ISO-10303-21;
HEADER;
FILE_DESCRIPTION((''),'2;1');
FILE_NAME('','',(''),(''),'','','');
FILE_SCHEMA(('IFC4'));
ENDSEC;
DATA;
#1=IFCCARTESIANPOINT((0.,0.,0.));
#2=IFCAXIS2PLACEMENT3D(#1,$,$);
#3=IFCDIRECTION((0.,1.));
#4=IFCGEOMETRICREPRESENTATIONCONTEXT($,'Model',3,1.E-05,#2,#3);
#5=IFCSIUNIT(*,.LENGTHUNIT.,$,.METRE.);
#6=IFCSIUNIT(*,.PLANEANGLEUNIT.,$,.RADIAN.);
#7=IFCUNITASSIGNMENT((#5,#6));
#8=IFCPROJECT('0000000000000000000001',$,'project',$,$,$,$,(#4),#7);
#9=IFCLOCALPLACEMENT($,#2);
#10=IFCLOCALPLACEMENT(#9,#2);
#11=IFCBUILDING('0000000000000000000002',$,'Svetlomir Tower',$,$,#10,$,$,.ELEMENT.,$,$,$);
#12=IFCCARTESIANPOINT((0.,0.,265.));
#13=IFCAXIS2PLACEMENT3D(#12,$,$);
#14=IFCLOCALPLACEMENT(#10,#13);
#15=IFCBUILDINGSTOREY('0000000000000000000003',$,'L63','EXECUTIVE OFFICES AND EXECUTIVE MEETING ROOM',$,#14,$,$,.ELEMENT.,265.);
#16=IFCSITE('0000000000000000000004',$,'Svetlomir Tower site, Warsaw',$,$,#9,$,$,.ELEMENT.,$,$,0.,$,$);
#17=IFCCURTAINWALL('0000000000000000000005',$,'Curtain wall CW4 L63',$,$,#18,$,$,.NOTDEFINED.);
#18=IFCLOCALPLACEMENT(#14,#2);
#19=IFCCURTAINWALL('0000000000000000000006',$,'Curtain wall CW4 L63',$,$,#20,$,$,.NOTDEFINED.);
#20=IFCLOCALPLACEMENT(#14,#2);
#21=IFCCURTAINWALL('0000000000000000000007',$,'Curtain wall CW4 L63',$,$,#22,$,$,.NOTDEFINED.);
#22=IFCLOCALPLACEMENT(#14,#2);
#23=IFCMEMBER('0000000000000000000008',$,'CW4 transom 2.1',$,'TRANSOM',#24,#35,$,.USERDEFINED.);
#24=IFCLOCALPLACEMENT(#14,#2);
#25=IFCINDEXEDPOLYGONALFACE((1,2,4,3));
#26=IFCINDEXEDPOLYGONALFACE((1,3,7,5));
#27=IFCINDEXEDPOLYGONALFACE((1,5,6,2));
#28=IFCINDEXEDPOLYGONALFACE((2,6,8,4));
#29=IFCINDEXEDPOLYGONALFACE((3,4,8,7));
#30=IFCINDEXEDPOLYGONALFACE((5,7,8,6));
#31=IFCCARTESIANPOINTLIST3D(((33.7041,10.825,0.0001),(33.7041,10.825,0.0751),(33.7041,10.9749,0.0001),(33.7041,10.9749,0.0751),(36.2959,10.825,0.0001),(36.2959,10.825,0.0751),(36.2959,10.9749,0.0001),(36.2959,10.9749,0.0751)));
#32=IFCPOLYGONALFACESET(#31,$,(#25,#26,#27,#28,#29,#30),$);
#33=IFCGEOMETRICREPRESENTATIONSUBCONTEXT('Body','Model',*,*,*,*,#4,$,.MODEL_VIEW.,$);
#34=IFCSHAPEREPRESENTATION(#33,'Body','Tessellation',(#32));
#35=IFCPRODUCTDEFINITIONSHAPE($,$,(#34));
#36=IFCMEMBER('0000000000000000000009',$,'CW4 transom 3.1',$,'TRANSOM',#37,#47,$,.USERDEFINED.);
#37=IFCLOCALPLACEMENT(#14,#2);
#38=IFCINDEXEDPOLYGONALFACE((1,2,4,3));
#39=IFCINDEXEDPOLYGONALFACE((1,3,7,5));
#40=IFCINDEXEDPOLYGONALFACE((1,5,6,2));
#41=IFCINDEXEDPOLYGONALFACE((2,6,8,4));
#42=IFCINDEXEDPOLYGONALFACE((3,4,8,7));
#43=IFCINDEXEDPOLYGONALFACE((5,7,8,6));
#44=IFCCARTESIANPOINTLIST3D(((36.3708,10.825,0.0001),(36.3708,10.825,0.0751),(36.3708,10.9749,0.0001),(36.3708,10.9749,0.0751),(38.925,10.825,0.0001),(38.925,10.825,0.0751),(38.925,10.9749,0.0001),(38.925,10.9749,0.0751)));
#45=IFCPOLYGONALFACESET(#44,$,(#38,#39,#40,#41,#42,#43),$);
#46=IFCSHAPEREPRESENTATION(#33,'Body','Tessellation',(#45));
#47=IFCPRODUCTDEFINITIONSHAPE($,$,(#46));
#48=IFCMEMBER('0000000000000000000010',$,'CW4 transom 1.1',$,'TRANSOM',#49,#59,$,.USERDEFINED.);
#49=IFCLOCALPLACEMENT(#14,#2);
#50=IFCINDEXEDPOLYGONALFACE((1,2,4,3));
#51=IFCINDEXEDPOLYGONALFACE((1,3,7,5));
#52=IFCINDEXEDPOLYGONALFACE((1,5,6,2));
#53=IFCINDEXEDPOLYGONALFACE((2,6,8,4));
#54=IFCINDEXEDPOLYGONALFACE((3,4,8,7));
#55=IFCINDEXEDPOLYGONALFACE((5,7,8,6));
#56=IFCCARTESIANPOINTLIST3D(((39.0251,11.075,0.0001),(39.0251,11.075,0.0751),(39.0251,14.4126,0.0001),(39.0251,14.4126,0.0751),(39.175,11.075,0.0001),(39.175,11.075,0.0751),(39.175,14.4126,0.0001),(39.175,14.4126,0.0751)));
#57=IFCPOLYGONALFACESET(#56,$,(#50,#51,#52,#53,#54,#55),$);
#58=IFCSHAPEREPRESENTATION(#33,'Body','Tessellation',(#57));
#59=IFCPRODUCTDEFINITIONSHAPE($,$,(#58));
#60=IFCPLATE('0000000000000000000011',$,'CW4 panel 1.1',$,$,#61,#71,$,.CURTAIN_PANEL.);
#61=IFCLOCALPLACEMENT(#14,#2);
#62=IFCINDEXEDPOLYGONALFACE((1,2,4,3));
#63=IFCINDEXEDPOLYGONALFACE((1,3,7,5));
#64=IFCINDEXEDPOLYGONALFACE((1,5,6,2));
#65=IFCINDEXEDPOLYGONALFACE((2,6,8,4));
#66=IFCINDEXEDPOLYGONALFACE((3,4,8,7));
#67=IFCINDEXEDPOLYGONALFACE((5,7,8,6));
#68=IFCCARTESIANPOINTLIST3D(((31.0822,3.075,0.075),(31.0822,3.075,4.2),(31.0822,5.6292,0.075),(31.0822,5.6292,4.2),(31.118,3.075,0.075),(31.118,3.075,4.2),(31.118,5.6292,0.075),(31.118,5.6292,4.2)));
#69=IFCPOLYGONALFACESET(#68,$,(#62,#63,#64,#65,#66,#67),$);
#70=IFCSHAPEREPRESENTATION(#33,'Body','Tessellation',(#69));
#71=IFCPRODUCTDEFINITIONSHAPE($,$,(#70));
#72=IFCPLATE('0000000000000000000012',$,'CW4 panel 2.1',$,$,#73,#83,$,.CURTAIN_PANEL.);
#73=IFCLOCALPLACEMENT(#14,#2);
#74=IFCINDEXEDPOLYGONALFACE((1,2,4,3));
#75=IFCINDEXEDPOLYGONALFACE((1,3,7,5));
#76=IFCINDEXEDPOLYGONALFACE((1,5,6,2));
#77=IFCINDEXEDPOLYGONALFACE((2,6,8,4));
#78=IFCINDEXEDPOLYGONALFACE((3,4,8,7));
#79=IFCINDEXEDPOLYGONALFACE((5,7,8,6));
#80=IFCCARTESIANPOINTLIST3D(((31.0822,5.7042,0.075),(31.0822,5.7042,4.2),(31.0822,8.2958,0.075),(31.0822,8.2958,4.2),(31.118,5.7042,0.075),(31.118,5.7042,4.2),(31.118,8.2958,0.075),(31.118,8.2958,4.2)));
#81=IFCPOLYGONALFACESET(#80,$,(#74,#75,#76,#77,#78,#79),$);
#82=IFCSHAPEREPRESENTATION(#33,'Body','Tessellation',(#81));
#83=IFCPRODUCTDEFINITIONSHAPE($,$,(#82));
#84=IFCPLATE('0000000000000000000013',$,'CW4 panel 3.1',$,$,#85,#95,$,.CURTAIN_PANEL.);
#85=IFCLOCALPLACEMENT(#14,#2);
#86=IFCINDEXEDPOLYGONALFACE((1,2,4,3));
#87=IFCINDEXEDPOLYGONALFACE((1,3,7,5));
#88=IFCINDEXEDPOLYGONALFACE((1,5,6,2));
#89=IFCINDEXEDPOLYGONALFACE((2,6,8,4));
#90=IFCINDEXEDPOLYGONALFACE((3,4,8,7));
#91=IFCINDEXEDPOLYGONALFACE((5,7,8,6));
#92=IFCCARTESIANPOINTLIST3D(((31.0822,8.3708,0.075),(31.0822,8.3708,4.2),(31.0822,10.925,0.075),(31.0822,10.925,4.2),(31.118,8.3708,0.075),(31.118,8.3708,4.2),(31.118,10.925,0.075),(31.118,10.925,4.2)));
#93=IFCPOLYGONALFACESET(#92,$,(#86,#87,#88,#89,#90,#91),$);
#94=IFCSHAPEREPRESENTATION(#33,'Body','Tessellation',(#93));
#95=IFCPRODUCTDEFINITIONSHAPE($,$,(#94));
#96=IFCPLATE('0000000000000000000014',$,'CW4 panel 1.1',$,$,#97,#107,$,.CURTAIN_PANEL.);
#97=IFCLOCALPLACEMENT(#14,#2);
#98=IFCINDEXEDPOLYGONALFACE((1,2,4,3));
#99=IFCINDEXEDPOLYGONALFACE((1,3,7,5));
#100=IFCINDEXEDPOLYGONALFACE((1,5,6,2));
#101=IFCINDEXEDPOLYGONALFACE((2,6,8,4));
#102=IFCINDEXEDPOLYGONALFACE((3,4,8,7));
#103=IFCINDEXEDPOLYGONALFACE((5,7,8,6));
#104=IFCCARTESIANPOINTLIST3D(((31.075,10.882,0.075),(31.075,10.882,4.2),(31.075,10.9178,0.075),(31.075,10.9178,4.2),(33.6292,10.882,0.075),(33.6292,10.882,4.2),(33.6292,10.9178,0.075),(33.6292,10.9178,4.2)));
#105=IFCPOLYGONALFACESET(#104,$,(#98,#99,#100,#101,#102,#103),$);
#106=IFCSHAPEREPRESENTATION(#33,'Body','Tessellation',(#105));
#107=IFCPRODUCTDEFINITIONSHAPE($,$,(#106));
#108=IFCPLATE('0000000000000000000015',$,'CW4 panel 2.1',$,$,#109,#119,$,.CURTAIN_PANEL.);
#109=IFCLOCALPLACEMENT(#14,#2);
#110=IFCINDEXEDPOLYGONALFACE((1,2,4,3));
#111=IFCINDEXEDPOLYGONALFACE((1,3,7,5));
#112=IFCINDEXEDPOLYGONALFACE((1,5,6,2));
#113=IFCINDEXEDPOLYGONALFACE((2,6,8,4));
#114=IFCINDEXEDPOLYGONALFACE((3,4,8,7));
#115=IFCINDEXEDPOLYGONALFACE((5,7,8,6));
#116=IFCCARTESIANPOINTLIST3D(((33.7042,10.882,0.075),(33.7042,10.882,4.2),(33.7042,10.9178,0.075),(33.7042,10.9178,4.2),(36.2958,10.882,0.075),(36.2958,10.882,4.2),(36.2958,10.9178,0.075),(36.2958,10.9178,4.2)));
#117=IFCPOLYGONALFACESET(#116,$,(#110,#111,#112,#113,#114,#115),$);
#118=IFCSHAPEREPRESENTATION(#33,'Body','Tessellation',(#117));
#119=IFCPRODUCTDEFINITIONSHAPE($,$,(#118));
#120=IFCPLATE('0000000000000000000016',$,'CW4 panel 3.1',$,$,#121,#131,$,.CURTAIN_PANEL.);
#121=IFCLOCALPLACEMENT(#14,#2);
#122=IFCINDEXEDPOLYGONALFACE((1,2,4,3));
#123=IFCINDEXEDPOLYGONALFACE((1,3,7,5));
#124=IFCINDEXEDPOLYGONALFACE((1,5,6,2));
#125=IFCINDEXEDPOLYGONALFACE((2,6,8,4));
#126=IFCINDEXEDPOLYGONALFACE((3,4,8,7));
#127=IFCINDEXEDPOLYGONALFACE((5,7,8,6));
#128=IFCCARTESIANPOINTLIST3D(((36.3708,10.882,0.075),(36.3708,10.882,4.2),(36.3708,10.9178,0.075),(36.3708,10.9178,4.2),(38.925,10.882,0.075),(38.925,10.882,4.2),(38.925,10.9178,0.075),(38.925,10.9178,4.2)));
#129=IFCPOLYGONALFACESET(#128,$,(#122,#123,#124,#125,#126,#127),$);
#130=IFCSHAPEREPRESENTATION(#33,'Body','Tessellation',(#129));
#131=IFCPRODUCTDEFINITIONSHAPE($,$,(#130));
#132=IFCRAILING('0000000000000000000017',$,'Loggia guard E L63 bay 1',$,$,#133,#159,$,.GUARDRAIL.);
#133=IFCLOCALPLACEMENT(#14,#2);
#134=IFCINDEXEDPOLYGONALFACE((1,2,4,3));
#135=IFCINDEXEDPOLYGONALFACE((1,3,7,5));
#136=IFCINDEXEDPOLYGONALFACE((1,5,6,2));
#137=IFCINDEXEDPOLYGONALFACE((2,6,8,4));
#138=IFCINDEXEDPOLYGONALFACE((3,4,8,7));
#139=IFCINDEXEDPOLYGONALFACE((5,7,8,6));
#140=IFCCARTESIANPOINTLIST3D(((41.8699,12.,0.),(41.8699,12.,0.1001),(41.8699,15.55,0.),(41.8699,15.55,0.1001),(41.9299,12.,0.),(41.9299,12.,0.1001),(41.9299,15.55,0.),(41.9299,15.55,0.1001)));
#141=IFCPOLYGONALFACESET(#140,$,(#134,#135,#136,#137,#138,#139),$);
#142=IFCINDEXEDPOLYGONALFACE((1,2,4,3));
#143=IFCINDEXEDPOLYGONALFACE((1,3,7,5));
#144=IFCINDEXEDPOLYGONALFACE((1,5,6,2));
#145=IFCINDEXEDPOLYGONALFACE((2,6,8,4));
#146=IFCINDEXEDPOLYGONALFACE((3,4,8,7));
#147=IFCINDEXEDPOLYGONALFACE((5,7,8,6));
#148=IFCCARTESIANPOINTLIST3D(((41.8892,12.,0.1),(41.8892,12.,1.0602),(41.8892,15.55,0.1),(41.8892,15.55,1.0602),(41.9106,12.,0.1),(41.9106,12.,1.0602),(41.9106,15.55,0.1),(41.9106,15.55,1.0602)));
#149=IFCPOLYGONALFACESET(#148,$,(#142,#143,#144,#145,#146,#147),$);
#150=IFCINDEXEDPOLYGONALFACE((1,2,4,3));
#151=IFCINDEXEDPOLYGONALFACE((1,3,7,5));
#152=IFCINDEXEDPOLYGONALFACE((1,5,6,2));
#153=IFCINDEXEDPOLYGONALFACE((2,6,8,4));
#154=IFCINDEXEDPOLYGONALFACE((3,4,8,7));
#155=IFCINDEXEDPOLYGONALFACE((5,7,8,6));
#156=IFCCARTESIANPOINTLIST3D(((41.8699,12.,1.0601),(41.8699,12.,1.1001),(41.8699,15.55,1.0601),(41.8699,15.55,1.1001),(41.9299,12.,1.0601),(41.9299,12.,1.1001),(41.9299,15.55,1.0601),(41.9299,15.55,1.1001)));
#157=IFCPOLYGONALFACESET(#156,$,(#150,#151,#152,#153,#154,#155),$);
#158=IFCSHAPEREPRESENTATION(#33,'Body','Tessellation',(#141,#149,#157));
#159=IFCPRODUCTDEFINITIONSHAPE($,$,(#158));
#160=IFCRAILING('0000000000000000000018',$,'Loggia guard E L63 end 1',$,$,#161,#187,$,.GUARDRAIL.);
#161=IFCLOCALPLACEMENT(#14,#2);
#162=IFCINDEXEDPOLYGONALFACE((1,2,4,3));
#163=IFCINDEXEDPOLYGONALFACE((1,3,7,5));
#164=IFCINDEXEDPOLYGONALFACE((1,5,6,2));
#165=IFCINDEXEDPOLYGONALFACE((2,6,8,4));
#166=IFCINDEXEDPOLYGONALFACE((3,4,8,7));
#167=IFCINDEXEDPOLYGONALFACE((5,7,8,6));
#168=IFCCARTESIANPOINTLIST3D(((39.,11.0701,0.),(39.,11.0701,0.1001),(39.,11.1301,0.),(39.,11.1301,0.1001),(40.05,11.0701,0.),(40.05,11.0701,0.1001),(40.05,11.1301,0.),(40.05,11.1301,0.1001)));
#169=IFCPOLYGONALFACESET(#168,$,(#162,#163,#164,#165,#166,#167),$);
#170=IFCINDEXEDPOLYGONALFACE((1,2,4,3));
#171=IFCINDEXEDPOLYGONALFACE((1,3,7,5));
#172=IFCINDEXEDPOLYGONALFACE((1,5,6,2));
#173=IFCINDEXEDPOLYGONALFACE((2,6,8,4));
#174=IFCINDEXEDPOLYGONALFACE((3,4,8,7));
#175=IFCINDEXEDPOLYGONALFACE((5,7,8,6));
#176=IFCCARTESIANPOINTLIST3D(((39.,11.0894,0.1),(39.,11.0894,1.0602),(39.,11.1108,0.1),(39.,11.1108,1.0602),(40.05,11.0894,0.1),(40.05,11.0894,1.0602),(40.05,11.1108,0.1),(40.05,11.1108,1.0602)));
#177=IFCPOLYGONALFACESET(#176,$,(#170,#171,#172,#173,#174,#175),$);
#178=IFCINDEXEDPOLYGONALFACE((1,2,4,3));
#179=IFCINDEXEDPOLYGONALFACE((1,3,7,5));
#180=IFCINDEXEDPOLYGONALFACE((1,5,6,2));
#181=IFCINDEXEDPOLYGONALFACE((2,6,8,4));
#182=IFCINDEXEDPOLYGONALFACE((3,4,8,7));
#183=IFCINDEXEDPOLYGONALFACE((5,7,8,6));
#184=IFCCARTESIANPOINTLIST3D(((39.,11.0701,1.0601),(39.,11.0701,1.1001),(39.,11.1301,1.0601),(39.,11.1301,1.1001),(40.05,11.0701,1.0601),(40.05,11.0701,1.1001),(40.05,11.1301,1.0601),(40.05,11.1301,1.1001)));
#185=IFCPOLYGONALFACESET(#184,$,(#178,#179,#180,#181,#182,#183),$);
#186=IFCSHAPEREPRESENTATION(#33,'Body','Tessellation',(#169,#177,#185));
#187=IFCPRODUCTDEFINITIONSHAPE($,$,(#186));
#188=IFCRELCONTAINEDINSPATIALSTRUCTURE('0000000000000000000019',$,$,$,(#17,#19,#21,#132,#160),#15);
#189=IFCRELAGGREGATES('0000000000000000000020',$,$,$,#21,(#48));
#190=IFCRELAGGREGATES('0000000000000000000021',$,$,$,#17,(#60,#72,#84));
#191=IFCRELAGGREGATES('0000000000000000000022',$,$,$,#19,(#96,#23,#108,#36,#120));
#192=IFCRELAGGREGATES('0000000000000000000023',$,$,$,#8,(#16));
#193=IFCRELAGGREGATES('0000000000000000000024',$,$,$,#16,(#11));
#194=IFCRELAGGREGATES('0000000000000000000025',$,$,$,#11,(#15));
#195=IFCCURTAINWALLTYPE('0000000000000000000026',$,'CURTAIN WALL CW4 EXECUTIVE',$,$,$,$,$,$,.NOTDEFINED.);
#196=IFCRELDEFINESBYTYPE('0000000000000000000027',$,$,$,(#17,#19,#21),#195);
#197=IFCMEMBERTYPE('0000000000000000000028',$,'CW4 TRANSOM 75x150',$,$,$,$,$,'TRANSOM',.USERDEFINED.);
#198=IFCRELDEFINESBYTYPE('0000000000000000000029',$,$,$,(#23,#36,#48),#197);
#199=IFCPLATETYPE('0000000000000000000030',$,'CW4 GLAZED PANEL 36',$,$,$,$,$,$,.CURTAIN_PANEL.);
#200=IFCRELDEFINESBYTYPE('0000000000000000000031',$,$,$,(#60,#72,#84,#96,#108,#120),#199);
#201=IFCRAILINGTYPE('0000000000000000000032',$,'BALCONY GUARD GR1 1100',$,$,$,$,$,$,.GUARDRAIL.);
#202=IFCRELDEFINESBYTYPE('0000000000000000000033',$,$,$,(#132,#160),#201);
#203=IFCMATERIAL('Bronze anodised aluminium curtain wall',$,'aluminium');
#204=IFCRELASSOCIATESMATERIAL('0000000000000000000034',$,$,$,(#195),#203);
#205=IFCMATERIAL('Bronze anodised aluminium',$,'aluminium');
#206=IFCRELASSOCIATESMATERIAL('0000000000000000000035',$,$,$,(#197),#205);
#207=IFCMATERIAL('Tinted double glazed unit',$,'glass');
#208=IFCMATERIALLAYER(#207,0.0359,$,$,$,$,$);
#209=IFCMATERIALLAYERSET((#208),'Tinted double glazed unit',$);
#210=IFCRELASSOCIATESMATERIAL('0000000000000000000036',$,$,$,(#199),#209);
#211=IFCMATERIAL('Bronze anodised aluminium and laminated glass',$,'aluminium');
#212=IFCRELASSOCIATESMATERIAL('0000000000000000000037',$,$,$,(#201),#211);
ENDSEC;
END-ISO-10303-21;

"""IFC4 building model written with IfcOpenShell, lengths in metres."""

from ifc_helpers import new_model, si_unit, direction, frame, origin, origin_2d, place, context, subcontext, project, spatial, rectangle, extrude, material, layer, layer_set, material_profile, profile_set, type_object, element, aggregate, save


model = new_model("IFC4")

# Units and contexts
model_context = context("Model", 3, precision=1e-05, world=origin(), true_north=direction((0.0, 1.0)))
body_context = subcontext(model_context, "Body", "Model", "MODEL_VIEW")
ifc_project = project(units=[si_unit("LENGTHUNIT", "METRE"), si_unit("PLANEANGLEUNIT", "RADIAN")], contexts=[model_context])

# Site, building, storey
site_placement = place(None, origin())
site = spatial("IfcSite", under=ifc_project, at=site_placement, Name="Svetlomir Tower site, Warsaw", CompositionType="ELEMENT", RefElevation=0.0)
building_placement = place(site_placement, origin())
building = spatial("IfcBuilding", under=site, at=building_placement, Name="Svetlomir Tower", CompositionType="ELEMENT")
storey_placement = place(building_placement, frame((0.0, 0.0, 265.0)))
storey = spatial("IfcBuildingStorey", under=building, at=storey_placement, Name="L63", Description="EXECUTIVE OFFICES AND EXECUTIVE MEETING ROOM", CompositionType="ELEMENT", Elevation=265.0)

# Curtain walls
ifc_material_1 = material(Name="Bronze anodised aluminium curtain wall", Category="aluminium")
curtain_wall_type = type_object("IfcCurtainWallType", Name="CURTAIN WALL CW4 EXECUTIVE", PredefinedType="NOTDEFINED", material=ifc_material_1)
curtain_wall_1_placement = place(storey_placement, origin())
curtain_wall_1 = element("IfcCurtainWall", 1, at=curtain_wall_1_placement, inside=storey, type_object=curtain_wall_type, Name="Curtain wall CW4 L63", PredefinedType="NOTDEFINED")
curtain_wall_2_placement = place(storey_placement, origin())
curtain_wall_2 = element("IfcCurtainWall", 2, at=curtain_wall_2_placement, inside=storey, type_object=curtain_wall_type, Name="Curtain wall CW4 L63", PredefinedType="NOTDEFINED")

# Curtain wall
curtain_wall_3_placement = place(storey_placement, origin())
curtain_wall_3 = element("IfcCurtainWall", 3, at=curtain_wall_3_placement, inside=storey, type_object=curtain_wall_type, Name="Curtain wall CW4 L63", PredefinedType="NOTDEFINED")

# Members
ifc_material_2 = material(Name="Bronze anodised aluminium", Category="aluminium")
ifc_material_profile_1 = material_profile(ifc_material_2, rectangle(XDim=0.1499, YDim=0.075, at=origin_2d()), Name="AL 150x75")
ifc_profile_set_1 = profile_set([ifc_material_profile_1], Name="Bronze anodised aluminium 6063-T6")
member_type_1 = type_object("IfcMemberType", Name="CW4 TRANSOM 75x150", ElementType="TRANSOM", PredefinedType="USERDEFINED", material=ifc_profile_set_1)
member_1_placement = place(storey_placement, frame((33.7041, 10.8999, 0.0376), z_axis=(1.0, 0.0, 0.0), x_axis=(0.0, 1.0, 0.0)))
member_1 = element("IfcMember", 4, at=member_1_placement, type_object=member_type_1, Name="CW4 transom 2.1", ObjectType="TRANSOM", PredefinedType="USERDEFINED", context=body_context, shape_type="SweptSolid", body=[
    extrude(rectangle(XDim=0.1499, YDim=0.075, at=origin_2d()), origin(), (0.0, 0.0, 1.0), 2.5918),
])
member_2_placement = place(storey_placement, frame((36.3708, 10.8999, 0.0376), z_axis=(1.0, 0.0, 0.0), x_axis=(0.0, 1.0, 0.0)))
member_2 = element("IfcMember", 5, at=member_2_placement, type_object=member_type_1, Name="CW4 transom 3.1", ObjectType="TRANSOM", PredefinedType="USERDEFINED", context=body_context, shape_type="SweptSolid", body=[
    extrude(rectangle(XDim=0.1499, YDim=0.075, at=origin_2d()), origin(), (0.0, 0.0, 1.0), 2.5542),
])
member_3_placement = place(storey_placement, frame((39.1001, 11.075, 0.0376), z_axis=(0.0, 1.0, 0.0), x_axis=(-1.0, 0.0, 0.0)))
member_3 = element("IfcMember", 6, at=member_3_placement, type_object=member_type_1, Name="CW4 transom 1.1", ObjectType="TRANSOM", PredefinedType="USERDEFINED", context=body_context, shape_type="SweptSolid", body=[
    extrude(rectangle(XDim=0.1499, YDim=0.075, at=origin_2d()), origin(), (0.0, 0.0, 1.0), 3.3376),
])
aggregate(curtain_wall_3, [member_3])

# Plates
ifc_material_3 = material(Name="Tinted double glazed unit", Category="glass")
ifc_layer = layer(ifc_material_3, 0.0359)
ifc_layer_set = layer_set([ifc_layer], Name="Tinted double glazed unit")
plate_type = type_object("IfcPlateType", Name="CW4 GLAZED PANEL 36", PredefinedType="CURTAIN_PANEL", material=ifc_layer_set)
plate_1_placement = place(storey_placement, frame((31.1001, 4.3521, 0.075), z_axis=(0.0, 0.0, 1.0), x_axis=(0.0, 1.0, 0.0)))
plate_1 = element("IfcPlate", 7, at=plate_1_placement, type_object=plate_type, Name="CW4 panel 1.1", PredefinedType="CURTAIN_PANEL", context=body_context, shape_type="SweptSolid", body=[
    extrude(rectangle(XDim=2.5542, YDim=0.0359, at=origin_2d()), origin(), (0.0, 0.0, 1.0), 4.125),
])
plate_2_placement = place(storey_placement, frame((31.1001, 7.0, 0.075), z_axis=(0.0, 0.0, 1.0), x_axis=(0.0, 1.0, 0.0)))
plate_2 = element("IfcPlate", 8, at=plate_2_placement, type_object=plate_type, Name="CW4 panel 2.1", PredefinedType="CURTAIN_PANEL", context=body_context, shape_type="SweptSolid", body=[
    extrude(rectangle(XDim=2.5916, YDim=0.0359, at=origin_2d()), origin(), (0.0, 0.0, 1.0), 4.125),
])
plate_3_placement = place(storey_placement, frame((31.1001, 9.6479, 0.075), z_axis=(0.0, 0.0, 1.0), x_axis=(0.0, 1.0, 0.0)))
plate_3 = element("IfcPlate", 9, at=plate_3_placement, type_object=plate_type, Name="CW4 panel 3.1", PredefinedType="CURTAIN_PANEL", context=body_context, shape_type="SweptSolid", body=[
    extrude(rectangle(XDim=2.5542, YDim=0.0359, at=origin_2d()), origin(), (0.0, 0.0, 1.0), 4.125),
])
aggregate(curtain_wall_1, [plate_1, plate_2, plate_3])
plate_4_placement = place(storey_placement, frame((32.3521, 10.8999, 0.075), z_axis=(0.0, 0.0, 1.0), x_axis=(1.0, 0.0, 0.0)))
plate_4 = element("IfcPlate", 10, at=plate_4_placement, type_object=plate_type, Name="CW4 panel 1.1", PredefinedType="CURTAIN_PANEL", context=body_context, shape_type="SweptSolid", body=[
    extrude(rectangle(XDim=2.5542, YDim=0.0359, at=origin_2d()), origin(), (0.0, 0.0, 1.0), 4.125),
])
plate_5_placement = place(storey_placement, frame((35.0, 10.8999, 0.075), z_axis=(0.0, 0.0, 1.0), x_axis=(1.0, 0.0, 0.0)))
plate_5 = element("IfcPlate", 11, at=plate_5_placement, type_object=plate_type, Name="CW4 panel 2.1", PredefinedType="CURTAIN_PANEL", context=body_context, shape_type="SweptSolid", body=[
    extrude(rectangle(XDim=2.5916, YDim=0.0359, at=origin_2d()), origin(), (0.0, 0.0, 1.0), 4.125),
])
plate_6_placement = place(storey_placement, frame((37.6479, 10.8999, 0.075), z_axis=(0.0, 0.0, 1.0), x_axis=(1.0, 0.0, 0.0)))
plate_6 = element("IfcPlate", 12, at=plate_6_placement, type_object=plate_type, Name="CW4 panel 3.1", PredefinedType="CURTAIN_PANEL", context=body_context, shape_type="SweptSolid", body=[
    extrude(rectangle(XDim=2.5542, YDim=0.0359, at=origin_2d()), origin(), (0.0, 0.0, 1.0), 4.125),
])
aggregate(curtain_wall_2, [plate_4, member_1, plate_5, member_2, plate_6])

# Railings
ifc_material_4 = material(Name="Bronze anodised aluminium and laminated glass", Category="aluminium")
railing_type = type_object("IfcRailingType", Name="BALCONY GUARD GR1 1100", PredefinedType="GUARDRAIL", material=ifc_material_4)
railing_1_placement = place(storey_placement, frame((41.8999, 12.0, 0.0)))
element("IfcRailing", 13, at=railing_1_placement, inside=storey, type_object=railing_type, Name="Loggia guard E L63 bay 1", PredefinedType="GUARDRAIL", context=body_context, shape_type="SweptSolid", body=[
    extrude(rectangle(XDim=0.0601, YDim=0.1001, at=origin_2d()), frame((0.0, 0.0, 0.05), z_axis=(0.0, 1.0, 0.0), x_axis=(-1.0, 0.0, 0.0)), (0.0, 0.0, 1.0), 3.55),
    extrude(rectangle(XDim=0.0215, YDim=0.9602, at=origin_2d()), frame((0.0, 0.0, 0.5801), z_axis=(0.0, 1.0, 0.0), x_axis=(-1.0, 0.0, 0.0)), (0.0, 0.0, 1.0), 3.55),
    extrude(rectangle(XDim=0.0601, YDim=0.04, at=origin_2d()), frame((0.0, 0.0, 1.0801), z_axis=(0.0, 1.0, 0.0), x_axis=(-1.0, 0.0, 0.0)), (0.0, 0.0, 1.0), 3.55),
])
railing_2_placement = place(storey_placement, frame((40.05, 11.1001, 0.0)))
element("IfcRailing", 14, at=railing_2_placement, inside=storey, type_object=railing_type, Name="Loggia guard E L63 end 1", PredefinedType="GUARDRAIL", context=body_context, shape_type="SweptSolid", body=[
    extrude(rectangle(XDim=0.0601, YDim=0.1001, at=origin_2d()), frame((0.0, 0.0, 0.05), z_axis=(-1.0, 0.0, 0.0), x_axis=(0.0, -1.0, 0.0)), (0.0, 0.0, 1.0), 1.05),
    extrude(rectangle(XDim=0.0215, YDim=0.9602, at=origin_2d()), frame((0.0, 0.0, 0.5801), z_axis=(-1.0, 0.0, 0.0), x_axis=(0.0, -1.0, 0.0)), (0.0, 0.0, 1.0), 1.05),
    extrude(rectangle(XDim=0.0601, YDim=0.04, at=origin_2d()), frame((0.0, 0.0, 1.0801), z_axis=(-1.0, 0.0, 0.0), x_axis=(0.0, -1.0, 0.0)), (0.0, 0.0, 1.0), 1.05),
])

save(model, "model.ifc")
